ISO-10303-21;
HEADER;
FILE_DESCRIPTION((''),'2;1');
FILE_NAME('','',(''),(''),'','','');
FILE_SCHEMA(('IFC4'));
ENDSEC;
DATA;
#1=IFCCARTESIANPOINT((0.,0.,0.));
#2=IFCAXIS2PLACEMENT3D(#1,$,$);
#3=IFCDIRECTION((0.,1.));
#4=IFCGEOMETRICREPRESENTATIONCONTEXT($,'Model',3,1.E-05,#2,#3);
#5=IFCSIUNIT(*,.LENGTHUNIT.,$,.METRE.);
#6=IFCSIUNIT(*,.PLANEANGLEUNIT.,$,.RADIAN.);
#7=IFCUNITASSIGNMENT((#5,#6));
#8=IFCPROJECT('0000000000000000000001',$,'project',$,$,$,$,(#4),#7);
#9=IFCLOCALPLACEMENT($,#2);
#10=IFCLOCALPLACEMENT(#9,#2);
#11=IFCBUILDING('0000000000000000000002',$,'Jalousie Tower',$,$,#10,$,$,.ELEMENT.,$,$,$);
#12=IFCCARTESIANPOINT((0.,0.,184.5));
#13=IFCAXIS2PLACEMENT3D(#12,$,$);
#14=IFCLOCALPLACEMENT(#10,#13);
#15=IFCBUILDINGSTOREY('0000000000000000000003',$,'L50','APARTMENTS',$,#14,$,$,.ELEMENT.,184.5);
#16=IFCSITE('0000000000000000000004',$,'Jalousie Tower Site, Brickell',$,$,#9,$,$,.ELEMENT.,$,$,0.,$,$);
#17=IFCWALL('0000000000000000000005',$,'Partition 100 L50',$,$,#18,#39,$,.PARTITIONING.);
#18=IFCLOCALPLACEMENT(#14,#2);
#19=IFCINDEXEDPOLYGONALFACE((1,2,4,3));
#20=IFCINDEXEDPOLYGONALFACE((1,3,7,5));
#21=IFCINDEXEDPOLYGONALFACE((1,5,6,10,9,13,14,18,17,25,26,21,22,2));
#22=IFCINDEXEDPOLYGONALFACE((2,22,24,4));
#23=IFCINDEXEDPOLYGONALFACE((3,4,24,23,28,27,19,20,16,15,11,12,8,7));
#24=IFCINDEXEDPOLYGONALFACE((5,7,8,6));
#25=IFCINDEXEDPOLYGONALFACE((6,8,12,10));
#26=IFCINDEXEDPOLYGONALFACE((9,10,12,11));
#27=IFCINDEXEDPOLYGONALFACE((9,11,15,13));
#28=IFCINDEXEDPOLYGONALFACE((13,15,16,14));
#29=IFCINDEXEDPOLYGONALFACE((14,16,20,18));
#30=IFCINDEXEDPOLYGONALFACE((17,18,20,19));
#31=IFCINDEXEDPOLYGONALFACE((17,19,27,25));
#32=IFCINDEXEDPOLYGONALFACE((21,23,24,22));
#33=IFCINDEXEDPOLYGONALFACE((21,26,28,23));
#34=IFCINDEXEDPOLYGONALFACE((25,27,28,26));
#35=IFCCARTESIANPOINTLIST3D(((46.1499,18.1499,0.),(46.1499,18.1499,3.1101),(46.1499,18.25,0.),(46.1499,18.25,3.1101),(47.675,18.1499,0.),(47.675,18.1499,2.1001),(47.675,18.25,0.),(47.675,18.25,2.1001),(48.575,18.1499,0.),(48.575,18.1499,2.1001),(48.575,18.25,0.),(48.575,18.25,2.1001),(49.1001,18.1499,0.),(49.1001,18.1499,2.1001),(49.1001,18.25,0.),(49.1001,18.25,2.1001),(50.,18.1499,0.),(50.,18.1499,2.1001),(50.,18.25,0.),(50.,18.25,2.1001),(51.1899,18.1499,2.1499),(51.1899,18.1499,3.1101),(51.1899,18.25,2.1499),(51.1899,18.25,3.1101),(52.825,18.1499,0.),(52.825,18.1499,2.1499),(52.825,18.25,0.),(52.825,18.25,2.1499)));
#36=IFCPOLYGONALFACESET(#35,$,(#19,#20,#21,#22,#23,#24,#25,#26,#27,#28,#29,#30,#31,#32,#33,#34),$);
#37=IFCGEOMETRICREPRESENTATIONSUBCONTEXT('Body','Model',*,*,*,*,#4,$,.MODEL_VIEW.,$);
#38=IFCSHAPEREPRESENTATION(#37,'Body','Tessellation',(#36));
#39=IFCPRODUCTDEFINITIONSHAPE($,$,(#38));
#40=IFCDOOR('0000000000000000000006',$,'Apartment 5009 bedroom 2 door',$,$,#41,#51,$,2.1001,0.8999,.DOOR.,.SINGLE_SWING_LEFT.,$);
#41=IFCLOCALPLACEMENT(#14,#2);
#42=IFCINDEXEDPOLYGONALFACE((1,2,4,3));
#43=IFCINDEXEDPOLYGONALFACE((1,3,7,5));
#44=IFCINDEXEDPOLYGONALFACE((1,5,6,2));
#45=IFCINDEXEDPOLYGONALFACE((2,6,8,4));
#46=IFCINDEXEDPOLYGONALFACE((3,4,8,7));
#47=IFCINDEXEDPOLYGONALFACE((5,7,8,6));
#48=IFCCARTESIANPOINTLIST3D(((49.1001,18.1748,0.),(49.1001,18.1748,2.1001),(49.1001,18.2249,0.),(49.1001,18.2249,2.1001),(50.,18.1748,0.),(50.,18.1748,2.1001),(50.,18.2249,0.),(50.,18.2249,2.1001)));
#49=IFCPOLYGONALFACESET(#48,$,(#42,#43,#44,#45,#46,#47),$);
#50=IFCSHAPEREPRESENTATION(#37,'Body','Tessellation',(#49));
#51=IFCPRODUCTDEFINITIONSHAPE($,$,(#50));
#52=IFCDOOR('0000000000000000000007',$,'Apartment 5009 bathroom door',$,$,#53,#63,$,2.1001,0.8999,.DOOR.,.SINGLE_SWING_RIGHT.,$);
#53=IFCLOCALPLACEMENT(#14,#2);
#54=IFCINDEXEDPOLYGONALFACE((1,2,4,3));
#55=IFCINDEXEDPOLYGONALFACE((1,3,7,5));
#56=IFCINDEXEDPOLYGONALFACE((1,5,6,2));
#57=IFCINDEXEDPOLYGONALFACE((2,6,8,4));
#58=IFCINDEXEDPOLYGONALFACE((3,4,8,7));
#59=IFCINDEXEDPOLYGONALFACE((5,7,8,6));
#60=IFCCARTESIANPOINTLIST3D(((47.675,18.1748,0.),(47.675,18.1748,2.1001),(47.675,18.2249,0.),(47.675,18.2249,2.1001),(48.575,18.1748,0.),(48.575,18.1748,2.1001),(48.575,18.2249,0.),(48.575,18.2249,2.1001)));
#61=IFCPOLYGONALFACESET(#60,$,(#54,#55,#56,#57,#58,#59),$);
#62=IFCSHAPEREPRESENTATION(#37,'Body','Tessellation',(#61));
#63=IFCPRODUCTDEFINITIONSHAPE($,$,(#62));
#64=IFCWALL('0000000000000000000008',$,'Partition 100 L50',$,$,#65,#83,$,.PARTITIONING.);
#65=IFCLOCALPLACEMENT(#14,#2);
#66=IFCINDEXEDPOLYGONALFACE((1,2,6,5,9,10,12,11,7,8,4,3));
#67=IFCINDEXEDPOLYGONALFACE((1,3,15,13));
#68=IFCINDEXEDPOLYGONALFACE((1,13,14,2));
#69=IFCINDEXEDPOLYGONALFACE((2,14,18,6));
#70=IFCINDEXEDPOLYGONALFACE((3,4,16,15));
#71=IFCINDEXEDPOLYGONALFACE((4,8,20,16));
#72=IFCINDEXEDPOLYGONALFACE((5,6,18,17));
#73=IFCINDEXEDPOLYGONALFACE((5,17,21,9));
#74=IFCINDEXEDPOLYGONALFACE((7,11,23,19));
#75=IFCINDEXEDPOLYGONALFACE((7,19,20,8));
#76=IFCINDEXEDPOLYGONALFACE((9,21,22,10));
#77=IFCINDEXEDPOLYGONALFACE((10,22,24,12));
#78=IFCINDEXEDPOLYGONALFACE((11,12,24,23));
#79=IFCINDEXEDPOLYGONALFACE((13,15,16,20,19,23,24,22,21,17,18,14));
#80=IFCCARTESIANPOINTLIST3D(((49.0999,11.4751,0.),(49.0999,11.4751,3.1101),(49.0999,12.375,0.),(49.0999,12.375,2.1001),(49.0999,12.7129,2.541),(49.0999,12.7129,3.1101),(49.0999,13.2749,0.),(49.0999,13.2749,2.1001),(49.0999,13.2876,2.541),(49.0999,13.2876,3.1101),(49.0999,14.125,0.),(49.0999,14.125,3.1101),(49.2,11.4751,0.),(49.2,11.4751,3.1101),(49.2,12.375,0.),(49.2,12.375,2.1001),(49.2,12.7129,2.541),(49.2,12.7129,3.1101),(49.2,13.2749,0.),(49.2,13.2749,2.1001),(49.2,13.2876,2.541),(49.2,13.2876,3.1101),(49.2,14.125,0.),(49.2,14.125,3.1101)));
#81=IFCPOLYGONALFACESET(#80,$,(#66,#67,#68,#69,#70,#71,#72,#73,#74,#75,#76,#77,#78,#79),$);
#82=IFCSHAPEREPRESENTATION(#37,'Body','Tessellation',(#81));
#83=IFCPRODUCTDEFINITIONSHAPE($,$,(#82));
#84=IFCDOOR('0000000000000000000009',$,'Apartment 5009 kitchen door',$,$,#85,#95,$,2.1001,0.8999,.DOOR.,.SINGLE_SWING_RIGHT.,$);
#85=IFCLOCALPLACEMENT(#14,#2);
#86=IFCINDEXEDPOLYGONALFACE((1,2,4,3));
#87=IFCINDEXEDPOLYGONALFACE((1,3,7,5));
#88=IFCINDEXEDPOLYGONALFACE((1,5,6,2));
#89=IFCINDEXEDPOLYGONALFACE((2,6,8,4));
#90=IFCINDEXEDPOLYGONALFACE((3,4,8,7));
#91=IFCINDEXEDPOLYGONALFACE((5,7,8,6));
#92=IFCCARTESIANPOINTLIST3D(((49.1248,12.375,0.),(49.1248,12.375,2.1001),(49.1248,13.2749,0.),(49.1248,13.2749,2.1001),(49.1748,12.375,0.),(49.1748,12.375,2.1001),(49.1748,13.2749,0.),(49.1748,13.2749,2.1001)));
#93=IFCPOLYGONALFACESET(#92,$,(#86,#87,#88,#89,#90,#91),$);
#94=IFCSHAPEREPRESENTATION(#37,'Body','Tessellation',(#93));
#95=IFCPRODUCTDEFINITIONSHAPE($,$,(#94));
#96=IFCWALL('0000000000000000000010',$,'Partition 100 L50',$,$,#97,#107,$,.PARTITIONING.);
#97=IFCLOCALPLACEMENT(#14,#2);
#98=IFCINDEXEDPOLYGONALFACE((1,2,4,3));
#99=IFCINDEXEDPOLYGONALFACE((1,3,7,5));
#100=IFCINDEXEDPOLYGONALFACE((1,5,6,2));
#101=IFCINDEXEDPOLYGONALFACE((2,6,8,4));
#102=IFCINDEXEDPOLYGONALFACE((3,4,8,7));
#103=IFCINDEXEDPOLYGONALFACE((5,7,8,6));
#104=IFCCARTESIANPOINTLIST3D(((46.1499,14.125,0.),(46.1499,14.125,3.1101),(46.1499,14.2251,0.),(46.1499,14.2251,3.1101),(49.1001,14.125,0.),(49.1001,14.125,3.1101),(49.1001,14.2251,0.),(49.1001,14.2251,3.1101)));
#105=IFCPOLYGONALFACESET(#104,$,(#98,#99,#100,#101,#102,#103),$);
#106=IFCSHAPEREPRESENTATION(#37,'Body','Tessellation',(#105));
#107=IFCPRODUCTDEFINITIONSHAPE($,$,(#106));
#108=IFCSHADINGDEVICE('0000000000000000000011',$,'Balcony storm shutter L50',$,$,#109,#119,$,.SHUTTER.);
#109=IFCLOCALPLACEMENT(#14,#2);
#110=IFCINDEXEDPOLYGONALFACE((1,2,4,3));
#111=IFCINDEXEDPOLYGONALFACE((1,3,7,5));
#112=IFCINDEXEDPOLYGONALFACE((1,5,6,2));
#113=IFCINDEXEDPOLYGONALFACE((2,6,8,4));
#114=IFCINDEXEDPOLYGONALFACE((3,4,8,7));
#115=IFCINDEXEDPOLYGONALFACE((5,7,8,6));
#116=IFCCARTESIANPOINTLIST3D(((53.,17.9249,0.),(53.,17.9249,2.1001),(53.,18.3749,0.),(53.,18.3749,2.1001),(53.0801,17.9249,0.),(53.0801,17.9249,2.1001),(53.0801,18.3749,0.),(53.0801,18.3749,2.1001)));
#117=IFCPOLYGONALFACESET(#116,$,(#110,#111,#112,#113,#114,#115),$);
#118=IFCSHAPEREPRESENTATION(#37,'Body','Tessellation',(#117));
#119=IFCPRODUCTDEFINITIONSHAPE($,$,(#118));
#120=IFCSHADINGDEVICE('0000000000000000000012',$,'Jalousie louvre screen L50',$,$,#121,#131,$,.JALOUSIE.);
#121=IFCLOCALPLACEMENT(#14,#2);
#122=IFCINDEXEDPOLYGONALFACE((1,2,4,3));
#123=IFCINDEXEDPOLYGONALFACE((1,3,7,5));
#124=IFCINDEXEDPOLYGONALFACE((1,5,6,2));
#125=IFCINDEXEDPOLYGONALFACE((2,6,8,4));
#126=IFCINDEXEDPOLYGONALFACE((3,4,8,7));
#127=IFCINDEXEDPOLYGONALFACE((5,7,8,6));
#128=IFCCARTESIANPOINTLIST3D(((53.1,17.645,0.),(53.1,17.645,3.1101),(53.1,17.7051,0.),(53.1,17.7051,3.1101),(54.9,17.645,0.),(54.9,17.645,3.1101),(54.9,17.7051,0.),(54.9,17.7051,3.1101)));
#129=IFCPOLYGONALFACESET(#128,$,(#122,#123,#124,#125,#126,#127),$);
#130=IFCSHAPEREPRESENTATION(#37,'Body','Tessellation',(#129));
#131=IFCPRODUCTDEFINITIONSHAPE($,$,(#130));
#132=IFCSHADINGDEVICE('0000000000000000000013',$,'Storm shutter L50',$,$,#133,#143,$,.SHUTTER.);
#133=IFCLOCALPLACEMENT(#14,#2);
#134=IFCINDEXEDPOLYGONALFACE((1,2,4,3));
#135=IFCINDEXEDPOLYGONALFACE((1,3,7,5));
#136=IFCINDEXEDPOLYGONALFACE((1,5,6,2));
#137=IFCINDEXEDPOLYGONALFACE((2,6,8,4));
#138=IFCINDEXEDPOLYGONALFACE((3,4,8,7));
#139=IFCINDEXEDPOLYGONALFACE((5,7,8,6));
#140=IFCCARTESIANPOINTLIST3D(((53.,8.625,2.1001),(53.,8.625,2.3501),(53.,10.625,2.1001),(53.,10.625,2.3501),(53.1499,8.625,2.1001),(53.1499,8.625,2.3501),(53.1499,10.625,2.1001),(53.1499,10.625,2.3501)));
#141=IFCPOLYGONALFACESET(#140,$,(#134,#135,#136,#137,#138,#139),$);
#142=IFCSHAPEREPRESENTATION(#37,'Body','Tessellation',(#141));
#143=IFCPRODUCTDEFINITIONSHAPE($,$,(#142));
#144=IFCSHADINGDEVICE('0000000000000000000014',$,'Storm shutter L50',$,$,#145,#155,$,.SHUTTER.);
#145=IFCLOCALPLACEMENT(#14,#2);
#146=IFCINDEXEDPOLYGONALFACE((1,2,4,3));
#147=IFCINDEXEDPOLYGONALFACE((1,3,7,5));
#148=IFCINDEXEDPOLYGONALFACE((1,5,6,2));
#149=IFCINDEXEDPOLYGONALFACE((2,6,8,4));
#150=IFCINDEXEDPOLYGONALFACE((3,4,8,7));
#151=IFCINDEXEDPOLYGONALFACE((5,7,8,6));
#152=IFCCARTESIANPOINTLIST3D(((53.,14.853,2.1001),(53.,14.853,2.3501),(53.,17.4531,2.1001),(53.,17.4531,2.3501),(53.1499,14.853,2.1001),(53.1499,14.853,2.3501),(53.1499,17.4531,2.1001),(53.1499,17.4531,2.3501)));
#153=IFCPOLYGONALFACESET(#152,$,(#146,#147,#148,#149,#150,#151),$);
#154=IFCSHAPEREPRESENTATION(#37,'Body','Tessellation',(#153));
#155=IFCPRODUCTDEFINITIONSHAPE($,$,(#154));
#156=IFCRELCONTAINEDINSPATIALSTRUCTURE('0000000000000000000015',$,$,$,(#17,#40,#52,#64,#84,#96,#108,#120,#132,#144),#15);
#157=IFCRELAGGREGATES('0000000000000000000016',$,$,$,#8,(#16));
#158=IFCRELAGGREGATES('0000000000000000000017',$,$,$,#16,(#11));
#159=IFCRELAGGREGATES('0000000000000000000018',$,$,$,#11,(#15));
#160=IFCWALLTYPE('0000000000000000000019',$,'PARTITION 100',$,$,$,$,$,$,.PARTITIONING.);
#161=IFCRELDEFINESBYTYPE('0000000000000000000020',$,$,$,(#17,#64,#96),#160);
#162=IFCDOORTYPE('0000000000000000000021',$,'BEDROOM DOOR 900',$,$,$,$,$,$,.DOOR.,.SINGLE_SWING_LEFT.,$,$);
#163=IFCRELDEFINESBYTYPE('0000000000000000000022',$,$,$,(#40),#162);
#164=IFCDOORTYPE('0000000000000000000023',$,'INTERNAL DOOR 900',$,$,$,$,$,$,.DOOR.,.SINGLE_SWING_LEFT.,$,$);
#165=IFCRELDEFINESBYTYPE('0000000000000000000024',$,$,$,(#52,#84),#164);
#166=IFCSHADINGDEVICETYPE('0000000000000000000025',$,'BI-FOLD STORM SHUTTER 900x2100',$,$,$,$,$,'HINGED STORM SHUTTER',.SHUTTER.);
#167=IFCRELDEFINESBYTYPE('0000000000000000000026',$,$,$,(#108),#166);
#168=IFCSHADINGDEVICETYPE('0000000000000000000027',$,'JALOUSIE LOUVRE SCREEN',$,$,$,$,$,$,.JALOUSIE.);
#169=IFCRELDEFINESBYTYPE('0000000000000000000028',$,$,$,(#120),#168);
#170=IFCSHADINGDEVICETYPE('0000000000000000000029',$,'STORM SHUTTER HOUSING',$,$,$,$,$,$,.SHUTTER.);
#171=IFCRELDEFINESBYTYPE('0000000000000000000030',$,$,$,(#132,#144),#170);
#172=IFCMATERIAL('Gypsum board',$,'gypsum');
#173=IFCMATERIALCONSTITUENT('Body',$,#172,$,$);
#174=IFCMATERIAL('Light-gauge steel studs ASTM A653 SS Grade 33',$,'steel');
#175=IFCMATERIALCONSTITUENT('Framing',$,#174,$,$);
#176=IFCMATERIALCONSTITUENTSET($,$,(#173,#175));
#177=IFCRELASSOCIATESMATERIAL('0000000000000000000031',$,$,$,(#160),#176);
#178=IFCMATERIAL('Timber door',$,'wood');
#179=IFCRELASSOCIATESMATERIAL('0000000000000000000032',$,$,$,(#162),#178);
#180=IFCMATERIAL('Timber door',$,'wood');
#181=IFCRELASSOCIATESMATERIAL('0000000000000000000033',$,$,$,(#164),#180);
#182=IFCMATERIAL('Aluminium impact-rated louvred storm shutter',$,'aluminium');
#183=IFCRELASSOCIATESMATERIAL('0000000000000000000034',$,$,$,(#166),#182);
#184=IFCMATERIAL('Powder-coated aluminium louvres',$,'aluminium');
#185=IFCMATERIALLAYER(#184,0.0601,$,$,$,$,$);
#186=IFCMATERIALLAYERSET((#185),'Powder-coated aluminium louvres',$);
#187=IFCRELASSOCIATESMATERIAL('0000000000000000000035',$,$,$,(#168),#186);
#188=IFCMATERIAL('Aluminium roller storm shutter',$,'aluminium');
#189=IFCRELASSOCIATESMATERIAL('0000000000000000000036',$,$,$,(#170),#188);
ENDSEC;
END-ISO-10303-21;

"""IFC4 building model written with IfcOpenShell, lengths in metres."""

from ifc_helpers import new_model, si_unit, direction, frame, frame_2d, origin, origin_2d, place, context, subcontext, project, spatial, polyline, rectangle, outline, extrude, material, layer, layer_set, constituent, constituent_set, type_object, element, fill, save


model = new_model("IFC4")

# Units and contexts
model_context = context("Model", 3, precision=1e-05, world=origin(), true_north=direction((0.0, 1.0)))
body_context = subcontext(model_context, "Body", "Model", "MODEL_VIEW")
ifc_project = project(units=[si_unit("LENGTHUNIT", "METRE"), si_unit("PLANEANGLEUNIT", "RADIAN")], contexts=[model_context])

# Site, building, storey
site_placement = place(None, origin())
site = spatial("IfcSite", under=ifc_project, at=site_placement, Name="Jalousie Tower Site, Brickell", CompositionType="ELEMENT", RefElevation=0.0)
building_placement = place(site_placement, origin())
building = spatial("IfcBuilding", under=site, at=building_placement, Name="Jalousie Tower", CompositionType="ELEMENT")
storey_placement = place(building_placement, frame((0.0, 0.0, 184.5)))
storey = spatial("IfcBuildingStorey", under=building, at=storey_placement, Name="L50", Description="APARTMENTS", CompositionType="ELEMENT", Elevation=184.5)

# Shared definitions
ifc_material_1 = material(Name="Gypsum board", Category="gypsum")
ifc_constituent_1 = constituent(ifc_material_1, Name="Body")
ifc_material_2 = material(Name="Light-gauge steel studs ASTM A653 SS Grade 33", Category="steel")
ifc_constituent_2 = constituent(ifc_material_2, Name="Framing")
ifc_constituent_set_1 = constituent_set(constituents=[ifc_constituent_1, ifc_constituent_2])
wall_type_1 = type_object("IfcWallType", Name="PARTITION 100", PredefinedType="PARTITIONING", material=ifc_constituent_set_1)
ifc_material_3 = material(Name="Timber door", Category="wood")
door_type_1 = type_object("IfcDoorType", Name="BEDROOM DOOR 900", OperationType="SINGLE_SWING_LEFT", PredefinedType="DOOR", material=ifc_material_3)

# Wall, openings, doors
wall_1_placement = place(storey_placement, frame((52.825, 18.2, 0.0), z_axis=(0.0, 0.0, 1.0), x_axis=(-1.0, 0.0, 0.0)))
wall_1 = element("IfcWall", 1, at=wall_1_placement, inside=storey, type_object=wall_type_1, Name="Partition 100 L50", PredefinedType="PARTITIONING", context=body_context, shape_type="SweptSolid", body=[
    extrude(outline(polyline([(0.0, 0.0), (6.675, 0.0), (6.675, 3.1101), (1.635, 3.1101), (1.635, 2.1499), (0.0, 2.1499), (0.0, 3.1101), (0.0, 0.0)])), frame((0.0, 0.05, 0.0), z_axis=(0.0, -1.0, 0.0), x_axis=(1.0, 0.0, 0.0)), (0.0, 0.0, 1.0), 0.1001),
])
opening_1_placement = place(wall_1_placement, frame((2.825, 0.0, 0.0)))
opening_1 = element("IfcOpeningElement", 2, at=opening_1_placement, cuts=wall_1, PredefinedType="OPENING", context=body_context, shape_type="SweptSolid", body=[
    extrude(rectangle(XDim=0.8999, YDim=2.1001, at=frame_2d((0.45, 1.05))), frame((0.0, 0.0601, 0.0), z_axis=(0.0, -1.0, 0.0), x_axis=(1.0, 0.0, 0.0)), (0.0, 0.0, 1.0), 0.1201),
])
opening_2_placement = place(wall_1_placement, frame((4.25, 0.0, 0.0)))
opening_2 = element("IfcOpeningElement", 3, at=opening_2_placement, cuts=wall_1, PredefinedType="OPENING", context=body_context, shape_type="SweptSolid", body=[
    extrude(rectangle(XDim=0.8999, YDim=2.1001, at=frame_2d((0.45, 1.05))), frame((0.0, 0.0601, 0.0), z_axis=(0.0, -1.0, 0.0), x_axis=(1.0, 0.0, 0.0)), (0.0, 0.0, 1.0), 0.1201),
])
door_1_placement = place(opening_1_placement, frame((0.8999, 0.0, 0.0), z_axis=(0.0, 0.0, 1.0), x_axis=(-1.0, 0.0, 0.0)))
door_1 = element("IfcDoor", 4, at=door_1_placement, inside=storey, type_object=door_type_1, Name="Apartment 5009 bedroom 2 door", OperationType="SINGLE_SWING_LEFT", OverallHeight=2.1001, OverallWidth=0.8999, PredefinedType="DOOR", context=body_context, shape_type="SweptSolid", body=[
    extrude(rectangle(XDim=0.8999, YDim=2.1001, at=frame_2d((0.45, 1.05))), frame((0.0, 0.0249, 0.0), z_axis=(0.0, -1.0, 0.0), x_axis=(1.0, 0.0, 0.0)), (0.0, 0.0, 1.0), 0.05),
])
fill(opening_1, door_1)
ifc_material_4 = material(Name="Timber door", Category="wood")
door_type_2 = type_object("IfcDoorType", Name="INTERNAL DOOR 900", OperationType="SINGLE_SWING_LEFT", PredefinedType="DOOR", material=ifc_material_4)
door_2_placement = place(opening_2_placement, frame((0.8999, 0.0, 0.0), z_axis=(0.0, 0.0, 1.0), x_axis=(-1.0, 0.0, 0.0)))
door_2 = element("IfcDoor", 5, at=door_2_placement, inside=storey, type_object=door_type_2, Name="Apartment 5009 bathroom door", OperationType="SINGLE_SWING_RIGHT", OverallHeight=2.1001, OverallWidth=0.8999, PredefinedType="DOOR", context=body_context, shape_type="SweptSolid", body=[
    extrude(rectangle(XDim=0.8999, YDim=2.1001, at=frame_2d((0.45, 1.05))), frame((0.0, 0.0249, 0.0), z_axis=(0.0, -1.0, 0.0), x_axis=(1.0, 0.0, 0.0)), (0.0, 0.0, 1.0), 0.05),
])
fill(opening_2, door_2)

# Wall, opening, door
wall_2_placement = place(storey_placement, frame((49.1499, 11.4751, 0.0), z_axis=(0.0, 0.0, 1.0), x_axis=(0.0, 1.0, 0.0)))
wall_2 = element("IfcWall", 6, at=wall_2_placement, inside=storey, type_object=wall_type_1, Name="Partition 100 L50", PredefinedType="PARTITIONING", context=body_context, shape_type="SweptSolid", body=[
    extrude(outline(polyline([(0.0, 0.0), (2.6499, 0.0), (2.6499, 3.1101), (1.8125, 3.1101), (1.8125, 2.541), (1.2378, 2.541), (1.2378, 3.1101), (0.0, 3.1101), (0.0, 0.0)])), frame((0.0, 0.05, 0.0), z_axis=(0.0, -1.0, 0.0), x_axis=(1.0, 0.0, 0.0)), (0.0, 0.0, 1.0), 0.1001),
])
opening_3_placement = place(wall_2_placement, frame((0.8999, 0.0, 0.0)))
opening_3 = element("IfcOpeningElement", 7, at=opening_3_placement, cuts=wall_2, PredefinedType="OPENING", context=body_context, shape_type="SweptSolid", body=[
    extrude(rectangle(XDim=0.8999, YDim=2.1001, at=frame_2d((0.45, 1.05))), frame((0.0, 0.0601, 0.0), z_axis=(0.0, -1.0, 0.0), x_axis=(1.0, 0.0, 0.0)), (0.0, 0.0, 1.0), 0.1201),
])
door_3_placement = place(opening_3_placement, frame((0.8999, 0.0, 0.0), z_axis=(0.0, 0.0, 1.0), x_axis=(-1.0, 0.0, 0.0)))
door_3 = element("IfcDoor", 8, at=door_3_placement, inside=storey, type_object=door_type_2, Name="Apartment 5009 kitchen door", OperationType="SINGLE_SWING_RIGHT", OverallHeight=2.1001, OverallWidth=0.8999, PredefinedType="DOOR", context=body_context, shape_type="SweptSolid", body=[
    extrude(rectangle(XDim=0.8999, YDim=2.1001, at=frame_2d((0.45, 1.05))), frame((0.0, 0.0249, 0.0), z_axis=(0.0, -1.0, 0.0), x_axis=(1.0, 0.0, 0.0)), (0.0, 0.0, 1.0), 0.05),
])
fill(opening_3, door_3)

# Wall
wall_3_placement = place(storey_placement, frame((49.1001, 14.175, 0.0), z_axis=(0.0, 0.0, 1.0), x_axis=(-1.0, 0.0, 0.0)))
element("IfcWall", 9, at=wall_3_placement, inside=storey, type_object=wall_type_1, Name="Partition 100 L50", PredefinedType="PARTITIONING", context=body_context, shape_type="SweptSolid", body=[
    extrude(rectangle(XDim=2.9502, YDim=0.1001, at=frame_2d((1.4751, 0.0))), origin(), (0.0, 0.0, 1.0), 3.1101),
])

# Shading device
ifc_material_5 = material(Name="Aluminium impact-rated louvred storm shutter", Category="aluminium")
shading_device_type_1 = type_object("IfcShadingDeviceType", Name="BI-FOLD STORM SHUTTER 900x2100", ElementType="HINGED STORM SHUTTER", PredefinedType="SHUTTER", material=ifc_material_5)
shading_device_1_placement = place(storey_placement, frame((53.04, 18.1499, 0.0), z_axis=(0.0, 0.0, 1.0), x_axis=(0.0, 1.0, 0.0)))
element("IfcShadingDevice", 10, at=shading_device_1_placement, inside=storey, type_object=shading_device_type_1, Name="Balcony storm shutter L50", PredefinedType="SHUTTER", context=body_context, shape_type="SweptSolid", body=[
    extrude(rectangle(XDim=0.45, YDim=0.0801, at=origin_2d()), origin(), (0.0, 0.0, 1.0), 2.1001),
])

# Shading devices
ifc_material_6 = material(Name="Powder-coated aluminium louvres", Category="aluminium")
ifc_layer_1 = layer(ifc_material_6, 0.0601)
ifc_layer_set_1 = layer_set([ifc_layer_1], Name="Powder-coated aluminium louvres")
shading_device_type_2 = type_object("IfcShadingDeviceType", Name="JALOUSIE LOUVRE SCREEN", PredefinedType="JALOUSIE", material=ifc_layer_set_1)
shading_device_2_placement = place(storey_placement, frame((54.0, 17.675, 0.0), z_axis=(0.0, 0.0, 1.0), x_axis=(0.0, 1.0, 0.0)))
element("IfcShadingDevice", 11, at=shading_device_2_placement, inside=storey, type_object=shading_device_type_2, Name="Jalousie louvre screen L50", PredefinedType="JALOUSIE", context=body_context, shape_type="SweptSolid", body=[
    extrude(rectangle(XDim=0.0601, YDim=1.8, at=origin_2d()), origin(), (0.0, 0.0, 1.0), 3.1101),
])
ifc_material_7 = material(Name="Aluminium roller storm shutter", Category="aluminium")
shading_device_type_3 = type_object("IfcShadingDeviceType", Name="STORM SHUTTER HOUSING", PredefinedType="SHUTTER", material=ifc_material_7)
shading_device_3_placement = place(storey_placement, frame((53.075, 9.625, 2.1001), z_axis=(0.0, 0.0, 1.0), x_axis=(0.0, 1.0, 0.0)))
element("IfcShadingDevice", 12, at=shading_device_3_placement, inside=storey, type_object=shading_device_type_3, Name="Storm shutter L50", PredefinedType="SHUTTER", context=body_context, shape_type="SweptSolid", body=[
    extrude(rectangle(XDim=2.0, YDim=0.1499, at=origin_2d()), origin(), (0.0, 0.0, 1.0), 0.25),
])
shading_device_4_placement = place(storey_placement, frame((53.075, 16.1531, 2.1001), z_axis=(0.0, 0.0, 1.0), x_axis=(0.0, 1.0, 0.0)))
element("IfcShadingDevice", 13, at=shading_device_4_placement, inside=storey, type_object=shading_device_type_3, Name="Storm shutter L50", PredefinedType="SHUTTER", context=body_context, shape_type="SweptSolid", body=[
    extrude(rectangle(XDim=2.6001, YDim=0.1499, at=origin_2d()), origin(), (0.0, 0.0, 1.0), 0.25),
])

save(model, "model.ifc")
